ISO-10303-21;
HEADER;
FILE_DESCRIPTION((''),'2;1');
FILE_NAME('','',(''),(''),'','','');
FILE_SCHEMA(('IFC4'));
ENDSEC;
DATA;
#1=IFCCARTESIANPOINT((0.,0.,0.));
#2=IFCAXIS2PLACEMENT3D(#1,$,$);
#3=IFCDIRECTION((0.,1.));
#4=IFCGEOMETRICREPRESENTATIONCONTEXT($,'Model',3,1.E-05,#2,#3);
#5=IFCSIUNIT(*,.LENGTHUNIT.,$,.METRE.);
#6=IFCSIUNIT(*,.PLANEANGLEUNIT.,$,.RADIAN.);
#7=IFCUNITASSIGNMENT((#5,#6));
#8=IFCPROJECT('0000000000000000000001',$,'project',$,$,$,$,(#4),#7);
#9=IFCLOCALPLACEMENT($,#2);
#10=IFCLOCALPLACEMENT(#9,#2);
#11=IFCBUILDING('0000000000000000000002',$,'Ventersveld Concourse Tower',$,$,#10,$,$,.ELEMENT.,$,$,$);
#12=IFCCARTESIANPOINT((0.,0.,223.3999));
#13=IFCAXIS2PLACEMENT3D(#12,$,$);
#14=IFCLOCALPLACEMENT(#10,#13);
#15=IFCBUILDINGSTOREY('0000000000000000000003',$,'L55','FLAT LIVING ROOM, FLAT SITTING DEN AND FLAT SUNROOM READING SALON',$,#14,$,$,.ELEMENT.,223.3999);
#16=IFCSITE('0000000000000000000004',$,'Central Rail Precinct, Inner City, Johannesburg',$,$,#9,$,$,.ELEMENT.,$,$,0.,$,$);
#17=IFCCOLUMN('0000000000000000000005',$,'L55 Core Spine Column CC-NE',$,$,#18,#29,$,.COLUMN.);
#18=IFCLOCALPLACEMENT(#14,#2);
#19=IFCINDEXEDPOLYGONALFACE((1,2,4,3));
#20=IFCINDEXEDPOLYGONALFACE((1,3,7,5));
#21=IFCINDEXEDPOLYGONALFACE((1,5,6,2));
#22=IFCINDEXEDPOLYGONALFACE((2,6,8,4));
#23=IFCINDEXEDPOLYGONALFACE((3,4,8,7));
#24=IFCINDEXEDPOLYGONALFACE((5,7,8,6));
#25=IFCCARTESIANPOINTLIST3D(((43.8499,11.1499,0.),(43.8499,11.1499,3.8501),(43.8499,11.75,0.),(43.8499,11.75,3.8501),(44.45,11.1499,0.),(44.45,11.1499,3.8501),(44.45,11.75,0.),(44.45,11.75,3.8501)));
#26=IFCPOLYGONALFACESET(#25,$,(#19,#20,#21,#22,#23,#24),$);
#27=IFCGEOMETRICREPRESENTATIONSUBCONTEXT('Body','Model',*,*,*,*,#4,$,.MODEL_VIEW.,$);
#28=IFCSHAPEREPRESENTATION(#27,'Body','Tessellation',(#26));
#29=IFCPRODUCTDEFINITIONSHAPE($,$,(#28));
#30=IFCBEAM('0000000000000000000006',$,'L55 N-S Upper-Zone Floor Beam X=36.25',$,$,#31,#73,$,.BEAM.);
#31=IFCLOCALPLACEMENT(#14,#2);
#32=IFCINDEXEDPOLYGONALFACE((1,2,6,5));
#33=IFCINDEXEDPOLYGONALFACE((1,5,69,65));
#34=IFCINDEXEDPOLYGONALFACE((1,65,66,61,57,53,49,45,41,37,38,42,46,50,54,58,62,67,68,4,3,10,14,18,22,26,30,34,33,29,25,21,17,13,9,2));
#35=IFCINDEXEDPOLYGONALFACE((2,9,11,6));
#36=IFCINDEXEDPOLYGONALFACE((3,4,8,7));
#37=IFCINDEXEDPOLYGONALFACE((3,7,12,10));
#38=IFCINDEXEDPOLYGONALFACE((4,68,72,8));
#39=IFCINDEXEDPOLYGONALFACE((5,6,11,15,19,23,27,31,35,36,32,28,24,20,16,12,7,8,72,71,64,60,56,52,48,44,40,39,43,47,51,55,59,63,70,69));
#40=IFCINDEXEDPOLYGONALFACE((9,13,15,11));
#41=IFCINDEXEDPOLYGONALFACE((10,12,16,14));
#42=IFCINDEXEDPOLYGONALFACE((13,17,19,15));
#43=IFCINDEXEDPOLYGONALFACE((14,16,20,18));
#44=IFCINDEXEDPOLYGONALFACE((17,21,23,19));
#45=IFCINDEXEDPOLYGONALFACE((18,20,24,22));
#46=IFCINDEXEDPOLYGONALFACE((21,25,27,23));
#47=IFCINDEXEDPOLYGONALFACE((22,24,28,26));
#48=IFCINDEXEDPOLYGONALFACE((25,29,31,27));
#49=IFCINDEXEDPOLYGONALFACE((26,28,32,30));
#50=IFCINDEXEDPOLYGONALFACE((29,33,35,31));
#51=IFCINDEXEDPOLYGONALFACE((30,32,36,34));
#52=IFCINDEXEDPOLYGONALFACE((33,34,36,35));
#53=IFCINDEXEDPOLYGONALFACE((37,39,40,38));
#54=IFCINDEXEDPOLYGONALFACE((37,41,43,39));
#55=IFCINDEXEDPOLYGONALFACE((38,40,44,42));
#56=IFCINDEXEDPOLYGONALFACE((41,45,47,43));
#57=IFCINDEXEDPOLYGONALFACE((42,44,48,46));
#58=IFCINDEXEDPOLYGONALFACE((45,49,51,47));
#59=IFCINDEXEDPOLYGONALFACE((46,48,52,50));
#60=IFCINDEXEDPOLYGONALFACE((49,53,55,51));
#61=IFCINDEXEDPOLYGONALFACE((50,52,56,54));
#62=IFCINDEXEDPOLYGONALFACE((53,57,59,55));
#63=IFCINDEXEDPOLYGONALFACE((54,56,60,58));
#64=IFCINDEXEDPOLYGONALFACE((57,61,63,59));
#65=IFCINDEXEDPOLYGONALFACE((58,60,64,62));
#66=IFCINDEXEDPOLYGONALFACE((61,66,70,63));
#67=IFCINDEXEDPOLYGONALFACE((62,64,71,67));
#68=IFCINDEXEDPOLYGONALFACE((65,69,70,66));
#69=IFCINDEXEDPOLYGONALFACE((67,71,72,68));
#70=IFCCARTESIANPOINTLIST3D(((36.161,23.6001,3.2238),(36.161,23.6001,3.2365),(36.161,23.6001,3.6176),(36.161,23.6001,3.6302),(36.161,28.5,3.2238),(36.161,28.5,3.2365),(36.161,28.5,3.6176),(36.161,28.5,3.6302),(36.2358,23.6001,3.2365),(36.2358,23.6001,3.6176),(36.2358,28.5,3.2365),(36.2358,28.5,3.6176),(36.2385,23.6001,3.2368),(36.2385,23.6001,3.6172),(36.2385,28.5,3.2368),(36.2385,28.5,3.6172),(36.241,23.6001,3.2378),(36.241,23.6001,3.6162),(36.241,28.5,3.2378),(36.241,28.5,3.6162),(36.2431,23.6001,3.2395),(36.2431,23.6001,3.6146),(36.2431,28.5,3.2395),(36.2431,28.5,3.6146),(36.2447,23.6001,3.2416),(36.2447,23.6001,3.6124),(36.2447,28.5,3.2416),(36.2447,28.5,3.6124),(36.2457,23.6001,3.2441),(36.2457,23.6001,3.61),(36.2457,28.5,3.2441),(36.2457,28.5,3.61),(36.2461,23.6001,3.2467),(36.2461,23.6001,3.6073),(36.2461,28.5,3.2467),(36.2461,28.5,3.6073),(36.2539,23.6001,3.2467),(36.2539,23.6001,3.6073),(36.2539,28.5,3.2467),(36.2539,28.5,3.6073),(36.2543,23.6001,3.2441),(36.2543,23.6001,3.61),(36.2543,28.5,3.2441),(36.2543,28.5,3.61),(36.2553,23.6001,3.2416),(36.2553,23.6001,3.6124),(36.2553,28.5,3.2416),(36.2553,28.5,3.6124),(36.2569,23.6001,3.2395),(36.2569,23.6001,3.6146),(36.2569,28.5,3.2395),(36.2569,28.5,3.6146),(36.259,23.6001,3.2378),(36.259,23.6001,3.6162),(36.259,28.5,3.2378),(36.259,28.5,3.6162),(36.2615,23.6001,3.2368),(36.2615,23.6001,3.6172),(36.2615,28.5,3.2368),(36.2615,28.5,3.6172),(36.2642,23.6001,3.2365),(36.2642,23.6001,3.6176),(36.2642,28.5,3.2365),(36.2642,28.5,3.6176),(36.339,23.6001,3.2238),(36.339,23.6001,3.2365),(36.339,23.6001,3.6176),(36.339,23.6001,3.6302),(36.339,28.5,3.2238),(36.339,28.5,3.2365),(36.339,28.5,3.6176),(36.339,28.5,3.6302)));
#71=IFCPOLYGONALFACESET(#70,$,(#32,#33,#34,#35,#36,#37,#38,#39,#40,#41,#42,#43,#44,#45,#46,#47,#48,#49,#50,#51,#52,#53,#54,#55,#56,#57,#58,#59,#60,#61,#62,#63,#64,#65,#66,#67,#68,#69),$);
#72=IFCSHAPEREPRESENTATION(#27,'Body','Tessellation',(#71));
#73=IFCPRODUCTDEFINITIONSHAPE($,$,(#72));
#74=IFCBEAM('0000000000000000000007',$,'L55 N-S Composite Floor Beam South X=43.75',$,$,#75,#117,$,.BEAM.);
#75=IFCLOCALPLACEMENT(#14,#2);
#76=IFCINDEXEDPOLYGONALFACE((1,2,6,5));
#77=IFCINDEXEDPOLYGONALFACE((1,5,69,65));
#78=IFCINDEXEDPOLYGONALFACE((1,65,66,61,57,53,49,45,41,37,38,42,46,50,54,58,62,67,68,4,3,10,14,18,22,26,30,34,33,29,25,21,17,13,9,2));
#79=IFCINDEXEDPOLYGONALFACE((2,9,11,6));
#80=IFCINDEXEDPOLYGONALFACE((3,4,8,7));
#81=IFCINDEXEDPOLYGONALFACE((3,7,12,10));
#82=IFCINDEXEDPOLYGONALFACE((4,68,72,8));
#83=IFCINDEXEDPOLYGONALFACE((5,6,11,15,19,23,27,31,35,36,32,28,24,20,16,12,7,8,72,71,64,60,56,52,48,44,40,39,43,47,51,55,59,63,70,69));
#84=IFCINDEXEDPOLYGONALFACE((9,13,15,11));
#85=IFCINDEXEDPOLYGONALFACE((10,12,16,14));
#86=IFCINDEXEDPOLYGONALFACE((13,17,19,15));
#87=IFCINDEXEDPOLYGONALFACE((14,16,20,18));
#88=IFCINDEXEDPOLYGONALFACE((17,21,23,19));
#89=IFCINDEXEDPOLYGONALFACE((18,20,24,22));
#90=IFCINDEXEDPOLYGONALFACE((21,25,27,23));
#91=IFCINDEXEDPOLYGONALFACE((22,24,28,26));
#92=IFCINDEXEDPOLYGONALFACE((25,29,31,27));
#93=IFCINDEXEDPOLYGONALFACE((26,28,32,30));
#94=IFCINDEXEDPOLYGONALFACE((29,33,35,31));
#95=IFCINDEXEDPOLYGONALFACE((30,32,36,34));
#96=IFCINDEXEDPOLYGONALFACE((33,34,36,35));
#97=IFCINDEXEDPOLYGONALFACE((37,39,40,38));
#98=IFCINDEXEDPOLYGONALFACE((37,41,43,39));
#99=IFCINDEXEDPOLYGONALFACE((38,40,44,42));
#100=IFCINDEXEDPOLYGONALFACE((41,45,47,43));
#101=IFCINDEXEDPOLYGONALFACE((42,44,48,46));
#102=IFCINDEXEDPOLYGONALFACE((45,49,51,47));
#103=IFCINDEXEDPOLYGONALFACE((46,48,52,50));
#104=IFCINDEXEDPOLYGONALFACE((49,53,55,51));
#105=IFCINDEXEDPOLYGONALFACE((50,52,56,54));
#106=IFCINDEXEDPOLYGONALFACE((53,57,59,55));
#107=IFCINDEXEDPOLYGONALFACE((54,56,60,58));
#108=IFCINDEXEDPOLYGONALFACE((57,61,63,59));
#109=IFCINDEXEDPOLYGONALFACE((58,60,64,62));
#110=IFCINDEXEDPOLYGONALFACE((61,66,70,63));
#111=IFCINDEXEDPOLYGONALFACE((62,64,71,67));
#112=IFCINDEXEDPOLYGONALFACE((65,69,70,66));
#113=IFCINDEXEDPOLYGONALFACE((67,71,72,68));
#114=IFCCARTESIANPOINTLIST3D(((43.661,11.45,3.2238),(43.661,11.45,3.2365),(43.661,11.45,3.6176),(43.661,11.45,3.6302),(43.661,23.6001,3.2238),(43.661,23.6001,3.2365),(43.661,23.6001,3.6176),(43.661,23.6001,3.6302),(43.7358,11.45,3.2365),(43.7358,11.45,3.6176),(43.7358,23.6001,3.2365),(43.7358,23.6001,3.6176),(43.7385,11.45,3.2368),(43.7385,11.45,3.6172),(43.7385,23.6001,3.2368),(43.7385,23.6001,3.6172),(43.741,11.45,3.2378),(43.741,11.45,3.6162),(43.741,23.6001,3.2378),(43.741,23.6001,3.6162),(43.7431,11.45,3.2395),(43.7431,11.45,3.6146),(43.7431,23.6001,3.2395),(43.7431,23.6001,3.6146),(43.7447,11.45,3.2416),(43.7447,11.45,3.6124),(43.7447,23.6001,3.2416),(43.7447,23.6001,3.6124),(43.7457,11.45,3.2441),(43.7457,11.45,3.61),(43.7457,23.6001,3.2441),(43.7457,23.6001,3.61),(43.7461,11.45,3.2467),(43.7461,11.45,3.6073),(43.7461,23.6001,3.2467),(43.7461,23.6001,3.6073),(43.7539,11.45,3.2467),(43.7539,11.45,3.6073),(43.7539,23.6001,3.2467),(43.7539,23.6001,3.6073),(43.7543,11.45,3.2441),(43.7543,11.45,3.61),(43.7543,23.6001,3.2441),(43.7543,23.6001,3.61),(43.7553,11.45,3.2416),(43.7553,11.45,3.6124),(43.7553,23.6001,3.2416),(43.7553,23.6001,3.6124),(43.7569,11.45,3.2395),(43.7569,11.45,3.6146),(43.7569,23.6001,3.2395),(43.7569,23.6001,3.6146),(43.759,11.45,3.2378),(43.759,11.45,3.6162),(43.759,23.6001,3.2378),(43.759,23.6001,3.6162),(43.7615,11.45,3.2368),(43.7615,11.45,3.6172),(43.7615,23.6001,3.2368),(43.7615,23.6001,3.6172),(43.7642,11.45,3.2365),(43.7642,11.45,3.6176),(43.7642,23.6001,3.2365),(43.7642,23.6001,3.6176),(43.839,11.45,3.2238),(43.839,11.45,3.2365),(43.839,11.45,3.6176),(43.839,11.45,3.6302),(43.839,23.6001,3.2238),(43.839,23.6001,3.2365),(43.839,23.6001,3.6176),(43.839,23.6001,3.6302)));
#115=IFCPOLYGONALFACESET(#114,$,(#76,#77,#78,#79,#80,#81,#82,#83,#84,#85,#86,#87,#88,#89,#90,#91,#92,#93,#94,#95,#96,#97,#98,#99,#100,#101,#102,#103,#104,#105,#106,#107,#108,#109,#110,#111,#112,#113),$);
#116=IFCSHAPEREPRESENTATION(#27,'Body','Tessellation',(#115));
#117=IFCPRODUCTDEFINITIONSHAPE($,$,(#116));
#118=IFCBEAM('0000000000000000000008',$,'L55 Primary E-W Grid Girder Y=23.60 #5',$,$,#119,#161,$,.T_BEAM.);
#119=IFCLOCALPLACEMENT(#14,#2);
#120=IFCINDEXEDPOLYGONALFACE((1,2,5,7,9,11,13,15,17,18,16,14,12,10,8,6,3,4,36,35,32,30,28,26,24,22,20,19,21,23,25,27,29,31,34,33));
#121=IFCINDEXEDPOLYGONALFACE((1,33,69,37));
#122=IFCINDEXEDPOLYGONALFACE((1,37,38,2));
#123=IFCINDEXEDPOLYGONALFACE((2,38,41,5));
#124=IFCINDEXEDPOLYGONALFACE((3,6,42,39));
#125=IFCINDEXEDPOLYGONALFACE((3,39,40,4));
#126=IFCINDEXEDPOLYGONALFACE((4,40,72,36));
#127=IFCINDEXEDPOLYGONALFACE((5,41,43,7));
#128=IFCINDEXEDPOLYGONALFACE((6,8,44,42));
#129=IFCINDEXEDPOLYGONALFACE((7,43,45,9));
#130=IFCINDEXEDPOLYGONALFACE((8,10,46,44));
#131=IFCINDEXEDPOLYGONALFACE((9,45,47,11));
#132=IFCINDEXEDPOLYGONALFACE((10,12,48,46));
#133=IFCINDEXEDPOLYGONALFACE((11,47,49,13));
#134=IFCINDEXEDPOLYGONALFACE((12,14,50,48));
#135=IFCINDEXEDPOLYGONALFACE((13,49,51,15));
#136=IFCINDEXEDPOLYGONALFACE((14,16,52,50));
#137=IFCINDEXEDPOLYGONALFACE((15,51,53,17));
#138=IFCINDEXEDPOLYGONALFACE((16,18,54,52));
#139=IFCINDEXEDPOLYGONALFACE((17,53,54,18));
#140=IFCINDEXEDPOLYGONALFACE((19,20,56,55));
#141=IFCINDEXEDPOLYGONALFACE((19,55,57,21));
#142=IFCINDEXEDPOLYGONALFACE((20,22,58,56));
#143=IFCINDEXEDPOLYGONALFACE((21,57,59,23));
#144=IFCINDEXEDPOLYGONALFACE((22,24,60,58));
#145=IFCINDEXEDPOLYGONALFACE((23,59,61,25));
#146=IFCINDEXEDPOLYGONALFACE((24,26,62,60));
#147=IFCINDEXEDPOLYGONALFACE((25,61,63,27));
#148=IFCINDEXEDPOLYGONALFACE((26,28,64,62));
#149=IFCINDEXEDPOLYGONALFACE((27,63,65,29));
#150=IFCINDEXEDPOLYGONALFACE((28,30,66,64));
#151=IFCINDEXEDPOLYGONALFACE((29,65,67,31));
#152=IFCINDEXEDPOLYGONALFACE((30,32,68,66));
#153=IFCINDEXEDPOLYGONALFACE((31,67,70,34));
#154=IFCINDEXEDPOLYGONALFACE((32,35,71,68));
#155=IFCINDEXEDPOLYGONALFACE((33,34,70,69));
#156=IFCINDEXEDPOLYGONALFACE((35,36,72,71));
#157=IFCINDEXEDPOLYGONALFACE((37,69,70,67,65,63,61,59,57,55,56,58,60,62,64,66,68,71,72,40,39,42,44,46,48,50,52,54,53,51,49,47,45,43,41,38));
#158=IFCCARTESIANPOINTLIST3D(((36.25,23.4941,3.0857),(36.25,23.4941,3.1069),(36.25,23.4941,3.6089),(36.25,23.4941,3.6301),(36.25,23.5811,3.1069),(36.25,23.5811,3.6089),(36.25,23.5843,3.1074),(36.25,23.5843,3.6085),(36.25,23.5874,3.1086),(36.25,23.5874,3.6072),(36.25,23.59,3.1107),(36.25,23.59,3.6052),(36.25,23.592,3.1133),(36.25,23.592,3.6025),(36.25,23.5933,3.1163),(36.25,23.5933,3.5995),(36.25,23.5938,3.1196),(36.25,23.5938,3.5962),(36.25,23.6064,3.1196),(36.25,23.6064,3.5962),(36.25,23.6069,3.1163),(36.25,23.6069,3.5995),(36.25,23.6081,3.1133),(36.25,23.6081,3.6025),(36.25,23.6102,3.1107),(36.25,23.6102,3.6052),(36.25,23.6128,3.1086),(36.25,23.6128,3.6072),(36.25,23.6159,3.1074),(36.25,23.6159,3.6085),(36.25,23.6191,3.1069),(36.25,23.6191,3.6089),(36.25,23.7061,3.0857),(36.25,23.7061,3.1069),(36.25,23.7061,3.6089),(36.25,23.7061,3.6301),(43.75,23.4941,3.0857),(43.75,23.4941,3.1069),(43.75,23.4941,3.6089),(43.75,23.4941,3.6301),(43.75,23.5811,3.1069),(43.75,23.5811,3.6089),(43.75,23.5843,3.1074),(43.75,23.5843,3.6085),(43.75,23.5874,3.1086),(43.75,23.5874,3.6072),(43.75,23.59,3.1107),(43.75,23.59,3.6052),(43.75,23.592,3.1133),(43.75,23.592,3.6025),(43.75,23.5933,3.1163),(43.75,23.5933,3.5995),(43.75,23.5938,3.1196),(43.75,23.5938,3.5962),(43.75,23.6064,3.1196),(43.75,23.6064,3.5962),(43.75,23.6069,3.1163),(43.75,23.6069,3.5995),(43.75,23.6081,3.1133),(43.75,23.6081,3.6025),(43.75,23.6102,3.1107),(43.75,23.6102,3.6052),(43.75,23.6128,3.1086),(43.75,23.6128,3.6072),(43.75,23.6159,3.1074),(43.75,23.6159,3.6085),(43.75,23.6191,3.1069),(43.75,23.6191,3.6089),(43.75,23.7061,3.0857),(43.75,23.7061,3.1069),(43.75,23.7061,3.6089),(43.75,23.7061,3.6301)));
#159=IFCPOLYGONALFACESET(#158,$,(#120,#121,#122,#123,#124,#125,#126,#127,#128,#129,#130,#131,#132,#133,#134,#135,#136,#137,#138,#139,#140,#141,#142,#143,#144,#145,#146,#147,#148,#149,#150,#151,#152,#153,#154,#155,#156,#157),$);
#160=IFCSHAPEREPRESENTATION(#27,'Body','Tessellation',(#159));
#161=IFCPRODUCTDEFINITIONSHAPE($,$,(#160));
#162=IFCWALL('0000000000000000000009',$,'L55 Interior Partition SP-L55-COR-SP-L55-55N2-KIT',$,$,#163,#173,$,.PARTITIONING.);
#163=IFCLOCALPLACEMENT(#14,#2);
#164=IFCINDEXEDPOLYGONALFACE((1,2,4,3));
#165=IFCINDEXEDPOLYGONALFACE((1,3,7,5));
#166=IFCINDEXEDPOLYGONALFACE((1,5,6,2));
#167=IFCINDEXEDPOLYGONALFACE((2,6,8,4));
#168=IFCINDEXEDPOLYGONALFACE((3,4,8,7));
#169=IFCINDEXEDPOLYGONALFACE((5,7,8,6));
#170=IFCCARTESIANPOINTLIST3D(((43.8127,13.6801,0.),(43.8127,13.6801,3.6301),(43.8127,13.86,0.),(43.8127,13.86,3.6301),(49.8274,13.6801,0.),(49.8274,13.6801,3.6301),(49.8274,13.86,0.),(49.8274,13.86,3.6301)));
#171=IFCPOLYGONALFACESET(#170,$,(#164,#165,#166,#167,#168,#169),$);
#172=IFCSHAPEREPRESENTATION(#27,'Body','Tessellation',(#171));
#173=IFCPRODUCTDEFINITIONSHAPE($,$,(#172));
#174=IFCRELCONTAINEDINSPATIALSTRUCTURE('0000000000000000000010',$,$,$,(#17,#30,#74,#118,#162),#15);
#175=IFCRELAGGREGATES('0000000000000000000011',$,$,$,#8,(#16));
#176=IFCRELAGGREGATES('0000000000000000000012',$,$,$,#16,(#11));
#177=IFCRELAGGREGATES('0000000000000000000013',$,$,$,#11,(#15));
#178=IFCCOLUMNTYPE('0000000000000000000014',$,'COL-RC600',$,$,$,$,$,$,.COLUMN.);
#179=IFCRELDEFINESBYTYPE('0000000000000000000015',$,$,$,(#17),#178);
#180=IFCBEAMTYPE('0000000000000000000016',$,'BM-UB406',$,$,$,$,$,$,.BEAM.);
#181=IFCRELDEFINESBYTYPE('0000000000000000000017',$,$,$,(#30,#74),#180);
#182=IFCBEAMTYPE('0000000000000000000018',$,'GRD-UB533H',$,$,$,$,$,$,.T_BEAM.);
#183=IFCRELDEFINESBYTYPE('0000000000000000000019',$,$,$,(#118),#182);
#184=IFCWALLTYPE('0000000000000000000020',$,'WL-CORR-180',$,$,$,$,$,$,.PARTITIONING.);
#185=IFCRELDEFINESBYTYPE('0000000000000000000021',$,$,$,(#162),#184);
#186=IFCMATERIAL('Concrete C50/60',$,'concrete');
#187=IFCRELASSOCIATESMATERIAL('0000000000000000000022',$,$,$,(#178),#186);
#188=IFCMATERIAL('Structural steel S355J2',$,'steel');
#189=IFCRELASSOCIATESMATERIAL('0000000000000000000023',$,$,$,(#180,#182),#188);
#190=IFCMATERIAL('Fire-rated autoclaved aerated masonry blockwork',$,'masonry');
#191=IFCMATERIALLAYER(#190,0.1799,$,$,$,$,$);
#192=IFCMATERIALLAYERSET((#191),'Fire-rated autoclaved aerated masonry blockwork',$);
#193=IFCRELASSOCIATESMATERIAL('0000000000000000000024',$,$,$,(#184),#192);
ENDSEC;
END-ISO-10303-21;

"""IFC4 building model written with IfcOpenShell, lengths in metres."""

from ifc_helpers import new_model, si_unit, direction, frame, frame_2d, origin, origin_2d, place, context, subcontext, project, spatial, rectangle, i_section, extrude, material, layer, layer_set, material_profile, profile_set, type_object, element, save


model = new_model("IFC4")

# Units and contexts
model_context = context("Model", 3, precision=1e-05, world=origin(), true_north=direction((0.0, 1.0)))
body_context = subcontext(model_context, "Body", "Model", "MODEL_VIEW")
ifc_project = project(units=[si_unit("LENGTHUNIT", "METRE"), si_unit("PLANEANGLEUNIT", "RADIAN")], contexts=[model_context])

# Site, building, storey
site_placement = place(None, origin())
site = spatial("IfcSite", under=ifc_project, at=site_placement, Name="Central Rail Precinct, Inner City, Johannesburg", CompositionType="ELEMENT", RefElevation=0.0)
building_placement = place(site_placement, origin())
building = spatial("IfcBuilding", under=site, at=building_placement, Name="Ventersveld Concourse Tower", CompositionType="ELEMENT")
storey_placement = place(building_placement, frame((0.0, 0.0, 223.3999)))
storey = spatial("IfcBuildingStorey", under=building, at=storey_placement, Name="L55", Description="FLAT LIVING ROOM, FLAT SITTING DEN AND FLAT SUNROOM READING SALON", CompositionType="ELEMENT", Elevation=223.3999)

# Column
ifc_material_1 = material(Name="Concrete C50/60", Category="concrete")
ifc_material_profile_1 = material_profile(ifc_material_1, rectangle(XDim=0.6001, YDim=0.6001, at=origin_2d()), Name="RC 600x600")
ifc_profile_set_1 = profile_set([ifc_material_profile_1], Name="Concrete C50/60")
column_type = type_object("IfcColumnType", Name="COL-RC600", PredefinedType="COLUMN", material=ifc_profile_set_1)
column_placement = place(storey_placement, frame((44.1499, 11.45, 0.0), z_axis=(0.0, 0.0, 1.0), x_axis=(1.0, 0.0, 0.0)))
element("IfcColumn", 1, at=column_placement, inside=storey, type_object=column_type, Name="L55 Core Spine Column CC-NE", PredefinedType="COLUMN", context=body_context, shape_type="SweptSolid", body=[
    extrude(rectangle(XDim=0.6001, YDim=0.6001, at=origin_2d()), origin(), (0.0, 0.0, 1.0), 3.8501),
])

# Beams
ifc_material_2 = material(Name="Structural steel S355J2", Category="steel")
ifc_material_profile_2 = material_profile(ifc_material_2, i_section(OverallWidth=0.178, OverallDepth=0.4065, WebThickness=0.0078, FlangeThickness=0.0127, FilletRadius=0.0103, at=origin_2d()), Name="UB 406x178x60")
ifc_profile_set_2 = profile_set([ifc_material_profile_2], Name="Structural steel S355J2")
beam_type_1 = type_object("IfcBeamType", Name="BM-UB406", PredefinedType="BEAM", material=ifc_profile_set_2)
beam_1_placement = place(storey_placement, frame((36.25, 23.6001, 3.427), z_axis=(0.0, 1.0, 0.0), x_axis=(-1.0, 0.0, 0.0)))
element("IfcBeam", 2, at=beam_1_placement, inside=storey, type_object=beam_type_1, Name="L55 N-S Upper-Zone Floor Beam X=36.25", PredefinedType="BEAM", context=body_context, shape_type="SweptSolid", body=[
    extrude(i_section(OverallWidth=0.178, OverallDepth=0.4065, WebThickness=0.0078, FlangeThickness=0.0127, FilletRadius=0.0103, at=origin_2d()), origin(), (0.0, 0.0, 1.0), 4.8999),
])
beam_2_placement = place(storey_placement, frame((43.75, 11.45, 3.427), z_axis=(0.0, 1.0, 0.0), x_axis=(-1.0, 0.0, 0.0)))
element("IfcBeam", 3, at=beam_2_placement, inside=storey, type_object=beam_type_1, Name="L55 N-S Composite Floor Beam South X=43.75", PredefinedType="BEAM", context=body_context, shape_type="SweptSolid", body=[
    extrude(i_section(OverallWidth=0.178, OverallDepth=0.4065, WebThickness=0.0078, FlangeThickness=0.0127, FilletRadius=0.0103, at=origin_2d()), origin(), (0.0, 0.0, 1.0), 12.1501),
])
ifc_material_profile_3 = material_profile(ifc_material_2, i_section(OverallWidth=0.2119, OverallDepth=0.5444, WebThickness=0.0127, FlangeThickness=0.0212, FilletRadius=0.0127, at=origin_2d()), Name="UB 533x210x122")
ifc_profile_set_3 = profile_set([ifc_material_profile_3], Name="Structural steel S355J2")
beam_type_2 = type_object("IfcBeamType", Name="GRD-UB533H", PredefinedType="T_BEAM", material=ifc_profile_set_3)
beam_3_placement = place(storey_placement, frame((36.25, 23.6001, 3.3579), z_axis=(1.0, 0.0, 0.0), x_axis=(0.0, 1.0, 0.0)))
element("IfcBeam", 4, at=beam_3_placement, inside=storey, type_object=beam_type_2, Name="L55 Primary E-W Grid Girder Y=23.60 #5", PredefinedType="T_BEAM", context=body_context, shape_type="SweptSolid", body=[
    extrude(i_section(OverallWidth=0.2119, OverallDepth=0.5444, WebThickness=0.0127, FlangeThickness=0.0212, FilletRadius=0.0127, at=origin_2d()), origin(), (0.0, 0.0, 1.0), 7.5),
])

# Shared definitions
ifc_material_3 = material(Name="Fire-rated autoclaved aerated masonry blockwork", Category="masonry")
ifc_layer_1 = layer(ifc_material_3, 0.1799)
ifc_layer_set_1 = layer_set([ifc_layer_1], Name="Fire-rated autoclaved aerated masonry blockwork")
wall_type_1 = type_object("IfcWallType", Name="WL-CORR-180", PredefinedType="PARTITIONING", material=ifc_layer_set_1)

# Wall
wall_1_placement = place(storey_placement, frame((43.8127, 13.77, 0.0), z_axis=(0.0, 0.0, 1.0), x_axis=(1.0, 0.0, 0.0)))
element("IfcWall", 5, at=wall_1_placement, inside=storey, type_object=wall_type_1, Name="L55 Interior Partition SP-L55-COR-SP-L55-55N2-KIT", PredefinedType="PARTITIONING", context=body_context, shape_type="SweptSolid", body=[
    extrude(rectangle(XDim=6.0146, YDim=0.1799, at=frame_2d((3.0073, 0.0))), origin(), (0.0, 0.0, 1.0), 3.6301),
])

save(model, "model.ifc")
